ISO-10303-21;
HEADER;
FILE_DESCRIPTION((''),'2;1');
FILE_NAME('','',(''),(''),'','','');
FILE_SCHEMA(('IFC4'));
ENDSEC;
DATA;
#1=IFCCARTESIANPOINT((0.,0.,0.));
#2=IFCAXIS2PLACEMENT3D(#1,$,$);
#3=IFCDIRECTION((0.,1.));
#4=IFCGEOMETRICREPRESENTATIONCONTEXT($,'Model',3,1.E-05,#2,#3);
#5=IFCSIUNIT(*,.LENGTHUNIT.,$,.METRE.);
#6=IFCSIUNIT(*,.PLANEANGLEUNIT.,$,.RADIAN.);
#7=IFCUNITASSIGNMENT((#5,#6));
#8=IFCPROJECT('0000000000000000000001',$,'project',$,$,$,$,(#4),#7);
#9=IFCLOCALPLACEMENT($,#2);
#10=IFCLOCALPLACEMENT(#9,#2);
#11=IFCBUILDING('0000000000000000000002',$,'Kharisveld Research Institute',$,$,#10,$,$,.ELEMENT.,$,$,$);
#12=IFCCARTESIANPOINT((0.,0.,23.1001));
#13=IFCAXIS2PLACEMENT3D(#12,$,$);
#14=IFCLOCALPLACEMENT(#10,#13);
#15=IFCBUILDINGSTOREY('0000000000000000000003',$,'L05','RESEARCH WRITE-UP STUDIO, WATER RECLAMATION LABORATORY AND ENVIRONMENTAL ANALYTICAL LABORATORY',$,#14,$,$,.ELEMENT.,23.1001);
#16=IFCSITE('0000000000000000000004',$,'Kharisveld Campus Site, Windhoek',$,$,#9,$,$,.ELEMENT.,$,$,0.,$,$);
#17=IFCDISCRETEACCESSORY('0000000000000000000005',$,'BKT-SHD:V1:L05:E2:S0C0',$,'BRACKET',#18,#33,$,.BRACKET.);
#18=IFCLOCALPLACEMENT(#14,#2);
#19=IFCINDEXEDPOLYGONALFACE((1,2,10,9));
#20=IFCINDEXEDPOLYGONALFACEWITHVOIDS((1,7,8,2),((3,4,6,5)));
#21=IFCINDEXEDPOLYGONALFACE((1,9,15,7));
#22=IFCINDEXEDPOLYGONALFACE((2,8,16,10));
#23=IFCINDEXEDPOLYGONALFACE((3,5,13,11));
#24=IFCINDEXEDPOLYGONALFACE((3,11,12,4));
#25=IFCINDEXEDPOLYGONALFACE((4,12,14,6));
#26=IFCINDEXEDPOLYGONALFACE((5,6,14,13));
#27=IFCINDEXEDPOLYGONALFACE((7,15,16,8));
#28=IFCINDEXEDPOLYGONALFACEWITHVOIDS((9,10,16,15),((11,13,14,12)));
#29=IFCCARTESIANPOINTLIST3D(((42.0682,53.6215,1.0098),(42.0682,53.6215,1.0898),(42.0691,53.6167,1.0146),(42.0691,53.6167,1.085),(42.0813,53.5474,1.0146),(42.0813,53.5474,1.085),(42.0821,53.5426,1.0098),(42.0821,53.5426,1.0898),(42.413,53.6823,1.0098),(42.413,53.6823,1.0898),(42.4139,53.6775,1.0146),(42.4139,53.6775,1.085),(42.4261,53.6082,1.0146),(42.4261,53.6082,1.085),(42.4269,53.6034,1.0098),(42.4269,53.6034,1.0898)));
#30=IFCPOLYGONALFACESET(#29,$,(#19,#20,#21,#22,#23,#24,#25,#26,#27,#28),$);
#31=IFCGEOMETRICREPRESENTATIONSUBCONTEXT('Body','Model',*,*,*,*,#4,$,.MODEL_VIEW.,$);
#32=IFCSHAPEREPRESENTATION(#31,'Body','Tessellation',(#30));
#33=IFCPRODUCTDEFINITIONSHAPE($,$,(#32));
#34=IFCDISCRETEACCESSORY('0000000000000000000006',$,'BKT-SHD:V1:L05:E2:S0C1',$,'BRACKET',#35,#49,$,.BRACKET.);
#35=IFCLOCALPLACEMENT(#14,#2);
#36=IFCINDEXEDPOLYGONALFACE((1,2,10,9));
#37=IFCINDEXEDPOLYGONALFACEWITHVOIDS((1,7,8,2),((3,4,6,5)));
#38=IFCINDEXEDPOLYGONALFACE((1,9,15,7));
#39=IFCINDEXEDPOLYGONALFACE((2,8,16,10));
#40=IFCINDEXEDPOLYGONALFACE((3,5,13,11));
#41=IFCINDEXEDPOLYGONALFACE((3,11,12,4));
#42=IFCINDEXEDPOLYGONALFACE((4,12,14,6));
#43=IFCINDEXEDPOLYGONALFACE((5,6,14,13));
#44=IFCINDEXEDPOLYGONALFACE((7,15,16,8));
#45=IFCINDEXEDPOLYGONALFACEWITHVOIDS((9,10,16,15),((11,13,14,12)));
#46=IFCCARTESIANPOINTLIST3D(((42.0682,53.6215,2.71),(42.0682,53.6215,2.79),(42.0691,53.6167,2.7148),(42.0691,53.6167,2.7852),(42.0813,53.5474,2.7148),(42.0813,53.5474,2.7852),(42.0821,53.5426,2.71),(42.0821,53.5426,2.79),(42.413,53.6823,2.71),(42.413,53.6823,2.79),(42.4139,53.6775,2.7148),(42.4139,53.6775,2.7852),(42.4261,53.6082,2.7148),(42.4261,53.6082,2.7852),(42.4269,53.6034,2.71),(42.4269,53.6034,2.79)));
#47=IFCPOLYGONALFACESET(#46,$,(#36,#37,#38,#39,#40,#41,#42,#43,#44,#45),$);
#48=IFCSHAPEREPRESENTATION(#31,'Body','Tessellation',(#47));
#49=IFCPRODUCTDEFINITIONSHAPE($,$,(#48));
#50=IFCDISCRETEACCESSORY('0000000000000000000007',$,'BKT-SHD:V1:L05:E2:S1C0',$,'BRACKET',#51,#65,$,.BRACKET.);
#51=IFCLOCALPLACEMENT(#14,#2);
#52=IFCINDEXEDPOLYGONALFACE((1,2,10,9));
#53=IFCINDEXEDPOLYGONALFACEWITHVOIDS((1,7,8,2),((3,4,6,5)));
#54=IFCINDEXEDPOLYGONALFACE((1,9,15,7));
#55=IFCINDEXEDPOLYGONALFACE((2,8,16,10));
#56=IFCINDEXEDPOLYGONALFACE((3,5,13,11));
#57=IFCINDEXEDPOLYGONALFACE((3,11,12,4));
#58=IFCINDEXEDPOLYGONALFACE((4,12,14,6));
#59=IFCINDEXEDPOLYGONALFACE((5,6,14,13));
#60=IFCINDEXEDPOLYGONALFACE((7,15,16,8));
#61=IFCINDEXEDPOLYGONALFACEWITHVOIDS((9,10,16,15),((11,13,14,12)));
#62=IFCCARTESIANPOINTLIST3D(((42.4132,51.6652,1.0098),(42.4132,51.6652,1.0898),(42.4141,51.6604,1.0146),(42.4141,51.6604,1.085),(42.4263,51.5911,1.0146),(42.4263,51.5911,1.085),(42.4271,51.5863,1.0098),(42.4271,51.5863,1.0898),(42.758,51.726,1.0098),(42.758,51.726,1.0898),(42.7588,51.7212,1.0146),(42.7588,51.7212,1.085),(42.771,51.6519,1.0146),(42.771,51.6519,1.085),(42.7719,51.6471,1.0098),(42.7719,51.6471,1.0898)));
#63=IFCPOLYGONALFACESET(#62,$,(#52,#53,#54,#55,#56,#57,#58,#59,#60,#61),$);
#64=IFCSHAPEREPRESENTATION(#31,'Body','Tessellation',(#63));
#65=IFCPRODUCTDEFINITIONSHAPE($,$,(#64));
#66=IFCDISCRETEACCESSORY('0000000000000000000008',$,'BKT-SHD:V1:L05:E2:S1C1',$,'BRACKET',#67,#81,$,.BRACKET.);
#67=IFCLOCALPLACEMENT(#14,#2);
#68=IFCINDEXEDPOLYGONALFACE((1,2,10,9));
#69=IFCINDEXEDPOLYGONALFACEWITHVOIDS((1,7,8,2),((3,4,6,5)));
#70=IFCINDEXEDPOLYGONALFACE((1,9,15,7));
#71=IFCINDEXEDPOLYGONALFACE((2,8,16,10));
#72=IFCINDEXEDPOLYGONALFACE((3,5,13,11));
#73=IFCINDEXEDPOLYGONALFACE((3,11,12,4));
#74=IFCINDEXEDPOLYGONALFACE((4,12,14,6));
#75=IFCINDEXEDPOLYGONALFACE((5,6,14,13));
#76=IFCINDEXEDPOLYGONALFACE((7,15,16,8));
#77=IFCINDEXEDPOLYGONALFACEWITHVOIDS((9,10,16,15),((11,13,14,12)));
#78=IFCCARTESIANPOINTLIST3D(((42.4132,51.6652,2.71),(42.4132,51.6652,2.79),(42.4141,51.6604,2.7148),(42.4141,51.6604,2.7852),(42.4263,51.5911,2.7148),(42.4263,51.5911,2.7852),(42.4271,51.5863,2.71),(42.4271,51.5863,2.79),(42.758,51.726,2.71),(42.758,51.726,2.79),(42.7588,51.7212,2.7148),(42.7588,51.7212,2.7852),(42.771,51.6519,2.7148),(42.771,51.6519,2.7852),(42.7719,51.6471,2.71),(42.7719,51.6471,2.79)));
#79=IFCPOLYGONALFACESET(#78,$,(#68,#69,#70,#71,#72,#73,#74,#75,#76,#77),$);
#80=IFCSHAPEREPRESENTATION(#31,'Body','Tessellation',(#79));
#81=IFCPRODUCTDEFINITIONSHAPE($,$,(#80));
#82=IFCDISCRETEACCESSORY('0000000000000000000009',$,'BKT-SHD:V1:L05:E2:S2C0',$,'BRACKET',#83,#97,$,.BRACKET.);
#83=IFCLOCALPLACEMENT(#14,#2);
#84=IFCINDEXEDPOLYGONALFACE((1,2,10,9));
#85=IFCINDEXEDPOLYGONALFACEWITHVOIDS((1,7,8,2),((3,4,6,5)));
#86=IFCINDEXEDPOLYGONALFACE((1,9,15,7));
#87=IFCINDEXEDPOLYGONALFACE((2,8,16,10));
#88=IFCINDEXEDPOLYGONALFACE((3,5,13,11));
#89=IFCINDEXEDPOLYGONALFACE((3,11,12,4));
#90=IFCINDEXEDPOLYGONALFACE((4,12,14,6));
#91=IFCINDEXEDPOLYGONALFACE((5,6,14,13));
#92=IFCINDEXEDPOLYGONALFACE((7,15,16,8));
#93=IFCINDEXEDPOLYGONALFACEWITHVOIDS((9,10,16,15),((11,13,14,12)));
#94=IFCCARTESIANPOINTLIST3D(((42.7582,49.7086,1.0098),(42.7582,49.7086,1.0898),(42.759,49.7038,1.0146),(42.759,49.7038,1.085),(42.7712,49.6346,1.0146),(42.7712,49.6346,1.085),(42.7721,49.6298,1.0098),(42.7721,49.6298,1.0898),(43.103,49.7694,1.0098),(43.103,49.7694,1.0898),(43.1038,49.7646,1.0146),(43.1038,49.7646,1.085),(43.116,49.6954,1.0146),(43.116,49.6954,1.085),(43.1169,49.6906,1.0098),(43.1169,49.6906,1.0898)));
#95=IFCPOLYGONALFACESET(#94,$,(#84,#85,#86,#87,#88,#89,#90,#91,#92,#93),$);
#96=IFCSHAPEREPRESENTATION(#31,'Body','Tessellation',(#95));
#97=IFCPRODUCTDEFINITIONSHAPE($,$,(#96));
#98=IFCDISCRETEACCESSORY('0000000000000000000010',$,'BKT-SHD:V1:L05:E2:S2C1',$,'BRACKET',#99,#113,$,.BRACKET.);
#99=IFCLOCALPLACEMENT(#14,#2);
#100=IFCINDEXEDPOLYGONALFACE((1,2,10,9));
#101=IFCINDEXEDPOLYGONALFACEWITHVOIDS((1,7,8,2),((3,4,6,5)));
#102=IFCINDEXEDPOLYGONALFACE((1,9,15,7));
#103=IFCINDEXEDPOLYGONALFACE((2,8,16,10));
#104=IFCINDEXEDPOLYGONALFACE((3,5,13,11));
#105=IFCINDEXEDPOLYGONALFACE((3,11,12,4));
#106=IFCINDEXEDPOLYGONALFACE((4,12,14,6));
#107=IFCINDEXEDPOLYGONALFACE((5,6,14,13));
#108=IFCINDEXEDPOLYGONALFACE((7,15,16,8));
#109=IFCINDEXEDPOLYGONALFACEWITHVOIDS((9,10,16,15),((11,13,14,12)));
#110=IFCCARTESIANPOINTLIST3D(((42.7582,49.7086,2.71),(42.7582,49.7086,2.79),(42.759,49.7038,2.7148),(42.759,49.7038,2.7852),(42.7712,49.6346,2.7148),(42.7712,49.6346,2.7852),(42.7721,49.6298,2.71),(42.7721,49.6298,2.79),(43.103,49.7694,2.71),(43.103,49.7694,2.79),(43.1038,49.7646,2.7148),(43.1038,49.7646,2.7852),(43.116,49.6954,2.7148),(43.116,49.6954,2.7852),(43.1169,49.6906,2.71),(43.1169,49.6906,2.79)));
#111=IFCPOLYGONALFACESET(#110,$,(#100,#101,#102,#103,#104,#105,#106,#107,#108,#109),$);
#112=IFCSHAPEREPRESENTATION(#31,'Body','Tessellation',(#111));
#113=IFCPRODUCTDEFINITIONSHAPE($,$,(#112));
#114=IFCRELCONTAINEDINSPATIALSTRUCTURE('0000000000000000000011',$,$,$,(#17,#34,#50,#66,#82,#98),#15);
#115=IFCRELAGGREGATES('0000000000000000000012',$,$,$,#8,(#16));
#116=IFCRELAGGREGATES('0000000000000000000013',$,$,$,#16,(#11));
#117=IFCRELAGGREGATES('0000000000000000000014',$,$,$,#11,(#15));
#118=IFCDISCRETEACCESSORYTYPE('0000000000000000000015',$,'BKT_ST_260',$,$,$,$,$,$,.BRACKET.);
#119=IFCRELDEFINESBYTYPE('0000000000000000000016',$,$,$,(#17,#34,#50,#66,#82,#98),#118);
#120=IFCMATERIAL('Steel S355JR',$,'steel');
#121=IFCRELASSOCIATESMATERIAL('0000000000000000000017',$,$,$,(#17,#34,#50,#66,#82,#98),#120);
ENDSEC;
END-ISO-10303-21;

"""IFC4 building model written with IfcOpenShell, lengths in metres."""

from ifc_helpers import new_model, si_unit, direction, frame, origin, origin_2d, place, context, subcontext, project, spatial, hollow_rectangle, extrude, material, type_object, element, save


model = new_model("IFC4")

# Units and contexts
model_context = context("Model", 3, precision=1e-05, world=origin(), true_north=direction((0.0, 1.0)))
body_context = subcontext(model_context, "Body", "Model", "MODEL_VIEW")
ifc_project = project(units=[si_unit("LENGTHUNIT", "METRE"), si_unit("PLANEANGLEUNIT", "RADIAN")], contexts=[model_context])

# Site, building, storey
site_placement = place(None, origin())
site = spatial("IfcSite", under=ifc_project, at=site_placement, Name="Kharisveld Campus Site, Windhoek", CompositionType="ELEMENT", RefElevation=0.0)
building_placement = place(site_placement, origin())
building = spatial("IfcBuilding", under=site, at=building_placement, Name="Kharisveld Research Institute", CompositionType="ELEMENT")
storey_placement = place(building_placement, frame((0.0, 0.0, 23.1001)))
storey = spatial("IfcBuildingStorey", under=building, at=storey_placement, Name="L05", Description="RESEARCH WRITE-UP STUDIO, WATER RECLAMATION LABORATORY AND ENVIRONMENTAL ANALYTICAL LABORATORY", CompositionType="ELEMENT", Elevation=23.1001)

# Discrete accessories
ifc_material_1 = material(Name="Steel S355JR", Category="steel")
discrete_accessory_type = type_object("IfcDiscreteAccessoryType", Name="BKT_ST_260", PredefinedType="BRACKET")
for number, where, z_axis, x_axis, name in (
    (1, (42.0752, 53.582, 1.0498), (0.984805, 0.173666, 0.0), (-0.173666, 0.984805, 0.0), "BKT-SHD:V1:L05:E2:S0C0"),
    (2, (42.0752, 53.582, 2.75), (0.984805, 0.173666, 0.0), (-0.173666, 0.984805, 0.0), "BKT-SHD:V1:L05:E2:S0C1"),
    (3, (42.4202, 51.6257, 1.0498), (0.984805, 0.173666, 0.0), (-0.173666, 0.984805, 0.0), "BKT-SHD:V1:L05:E2:S1C0"),
    (4, (42.4202, 51.6257, 2.75), (0.984805, 0.173666, 0.0), (-0.173666, 0.984805, 0.0), "BKT-SHD:V1:L05:E2:S1C1"),
    (5, (42.7651, 49.6692, 1.0498), (0.984805, 0.173666, 0.0), (-0.173666, 0.984805, 0.0), "BKT-SHD:V1:L05:E2:S2C0"),
    (6, (42.7651, 49.6692, 2.75), (0.984805, 0.173666, 0.0), (-0.173666, 0.984805, 0.0), "BKT-SHD:V1:L05:E2:S2C1"),
):
    element("IfcDiscreteAccessory", number, at=place(storey_placement, frame(where, z_axis=z_axis, x_axis=x_axis)), inside=storey, type_object=discrete_accessory_type, material=ifc_material_1, Name=name, ObjectType="BRACKET", PredefinedType="BRACKET", context=body_context, shape_type="SweptSolid", body=[
        extrude(hollow_rectangle(XDim=0.0801, YDim=0.0801, WallThickness=0.0049, at=origin_2d()), origin(), (0.0, 0.0, 1.0), 0.3501),
    ])

save(model, "model.ifc")
